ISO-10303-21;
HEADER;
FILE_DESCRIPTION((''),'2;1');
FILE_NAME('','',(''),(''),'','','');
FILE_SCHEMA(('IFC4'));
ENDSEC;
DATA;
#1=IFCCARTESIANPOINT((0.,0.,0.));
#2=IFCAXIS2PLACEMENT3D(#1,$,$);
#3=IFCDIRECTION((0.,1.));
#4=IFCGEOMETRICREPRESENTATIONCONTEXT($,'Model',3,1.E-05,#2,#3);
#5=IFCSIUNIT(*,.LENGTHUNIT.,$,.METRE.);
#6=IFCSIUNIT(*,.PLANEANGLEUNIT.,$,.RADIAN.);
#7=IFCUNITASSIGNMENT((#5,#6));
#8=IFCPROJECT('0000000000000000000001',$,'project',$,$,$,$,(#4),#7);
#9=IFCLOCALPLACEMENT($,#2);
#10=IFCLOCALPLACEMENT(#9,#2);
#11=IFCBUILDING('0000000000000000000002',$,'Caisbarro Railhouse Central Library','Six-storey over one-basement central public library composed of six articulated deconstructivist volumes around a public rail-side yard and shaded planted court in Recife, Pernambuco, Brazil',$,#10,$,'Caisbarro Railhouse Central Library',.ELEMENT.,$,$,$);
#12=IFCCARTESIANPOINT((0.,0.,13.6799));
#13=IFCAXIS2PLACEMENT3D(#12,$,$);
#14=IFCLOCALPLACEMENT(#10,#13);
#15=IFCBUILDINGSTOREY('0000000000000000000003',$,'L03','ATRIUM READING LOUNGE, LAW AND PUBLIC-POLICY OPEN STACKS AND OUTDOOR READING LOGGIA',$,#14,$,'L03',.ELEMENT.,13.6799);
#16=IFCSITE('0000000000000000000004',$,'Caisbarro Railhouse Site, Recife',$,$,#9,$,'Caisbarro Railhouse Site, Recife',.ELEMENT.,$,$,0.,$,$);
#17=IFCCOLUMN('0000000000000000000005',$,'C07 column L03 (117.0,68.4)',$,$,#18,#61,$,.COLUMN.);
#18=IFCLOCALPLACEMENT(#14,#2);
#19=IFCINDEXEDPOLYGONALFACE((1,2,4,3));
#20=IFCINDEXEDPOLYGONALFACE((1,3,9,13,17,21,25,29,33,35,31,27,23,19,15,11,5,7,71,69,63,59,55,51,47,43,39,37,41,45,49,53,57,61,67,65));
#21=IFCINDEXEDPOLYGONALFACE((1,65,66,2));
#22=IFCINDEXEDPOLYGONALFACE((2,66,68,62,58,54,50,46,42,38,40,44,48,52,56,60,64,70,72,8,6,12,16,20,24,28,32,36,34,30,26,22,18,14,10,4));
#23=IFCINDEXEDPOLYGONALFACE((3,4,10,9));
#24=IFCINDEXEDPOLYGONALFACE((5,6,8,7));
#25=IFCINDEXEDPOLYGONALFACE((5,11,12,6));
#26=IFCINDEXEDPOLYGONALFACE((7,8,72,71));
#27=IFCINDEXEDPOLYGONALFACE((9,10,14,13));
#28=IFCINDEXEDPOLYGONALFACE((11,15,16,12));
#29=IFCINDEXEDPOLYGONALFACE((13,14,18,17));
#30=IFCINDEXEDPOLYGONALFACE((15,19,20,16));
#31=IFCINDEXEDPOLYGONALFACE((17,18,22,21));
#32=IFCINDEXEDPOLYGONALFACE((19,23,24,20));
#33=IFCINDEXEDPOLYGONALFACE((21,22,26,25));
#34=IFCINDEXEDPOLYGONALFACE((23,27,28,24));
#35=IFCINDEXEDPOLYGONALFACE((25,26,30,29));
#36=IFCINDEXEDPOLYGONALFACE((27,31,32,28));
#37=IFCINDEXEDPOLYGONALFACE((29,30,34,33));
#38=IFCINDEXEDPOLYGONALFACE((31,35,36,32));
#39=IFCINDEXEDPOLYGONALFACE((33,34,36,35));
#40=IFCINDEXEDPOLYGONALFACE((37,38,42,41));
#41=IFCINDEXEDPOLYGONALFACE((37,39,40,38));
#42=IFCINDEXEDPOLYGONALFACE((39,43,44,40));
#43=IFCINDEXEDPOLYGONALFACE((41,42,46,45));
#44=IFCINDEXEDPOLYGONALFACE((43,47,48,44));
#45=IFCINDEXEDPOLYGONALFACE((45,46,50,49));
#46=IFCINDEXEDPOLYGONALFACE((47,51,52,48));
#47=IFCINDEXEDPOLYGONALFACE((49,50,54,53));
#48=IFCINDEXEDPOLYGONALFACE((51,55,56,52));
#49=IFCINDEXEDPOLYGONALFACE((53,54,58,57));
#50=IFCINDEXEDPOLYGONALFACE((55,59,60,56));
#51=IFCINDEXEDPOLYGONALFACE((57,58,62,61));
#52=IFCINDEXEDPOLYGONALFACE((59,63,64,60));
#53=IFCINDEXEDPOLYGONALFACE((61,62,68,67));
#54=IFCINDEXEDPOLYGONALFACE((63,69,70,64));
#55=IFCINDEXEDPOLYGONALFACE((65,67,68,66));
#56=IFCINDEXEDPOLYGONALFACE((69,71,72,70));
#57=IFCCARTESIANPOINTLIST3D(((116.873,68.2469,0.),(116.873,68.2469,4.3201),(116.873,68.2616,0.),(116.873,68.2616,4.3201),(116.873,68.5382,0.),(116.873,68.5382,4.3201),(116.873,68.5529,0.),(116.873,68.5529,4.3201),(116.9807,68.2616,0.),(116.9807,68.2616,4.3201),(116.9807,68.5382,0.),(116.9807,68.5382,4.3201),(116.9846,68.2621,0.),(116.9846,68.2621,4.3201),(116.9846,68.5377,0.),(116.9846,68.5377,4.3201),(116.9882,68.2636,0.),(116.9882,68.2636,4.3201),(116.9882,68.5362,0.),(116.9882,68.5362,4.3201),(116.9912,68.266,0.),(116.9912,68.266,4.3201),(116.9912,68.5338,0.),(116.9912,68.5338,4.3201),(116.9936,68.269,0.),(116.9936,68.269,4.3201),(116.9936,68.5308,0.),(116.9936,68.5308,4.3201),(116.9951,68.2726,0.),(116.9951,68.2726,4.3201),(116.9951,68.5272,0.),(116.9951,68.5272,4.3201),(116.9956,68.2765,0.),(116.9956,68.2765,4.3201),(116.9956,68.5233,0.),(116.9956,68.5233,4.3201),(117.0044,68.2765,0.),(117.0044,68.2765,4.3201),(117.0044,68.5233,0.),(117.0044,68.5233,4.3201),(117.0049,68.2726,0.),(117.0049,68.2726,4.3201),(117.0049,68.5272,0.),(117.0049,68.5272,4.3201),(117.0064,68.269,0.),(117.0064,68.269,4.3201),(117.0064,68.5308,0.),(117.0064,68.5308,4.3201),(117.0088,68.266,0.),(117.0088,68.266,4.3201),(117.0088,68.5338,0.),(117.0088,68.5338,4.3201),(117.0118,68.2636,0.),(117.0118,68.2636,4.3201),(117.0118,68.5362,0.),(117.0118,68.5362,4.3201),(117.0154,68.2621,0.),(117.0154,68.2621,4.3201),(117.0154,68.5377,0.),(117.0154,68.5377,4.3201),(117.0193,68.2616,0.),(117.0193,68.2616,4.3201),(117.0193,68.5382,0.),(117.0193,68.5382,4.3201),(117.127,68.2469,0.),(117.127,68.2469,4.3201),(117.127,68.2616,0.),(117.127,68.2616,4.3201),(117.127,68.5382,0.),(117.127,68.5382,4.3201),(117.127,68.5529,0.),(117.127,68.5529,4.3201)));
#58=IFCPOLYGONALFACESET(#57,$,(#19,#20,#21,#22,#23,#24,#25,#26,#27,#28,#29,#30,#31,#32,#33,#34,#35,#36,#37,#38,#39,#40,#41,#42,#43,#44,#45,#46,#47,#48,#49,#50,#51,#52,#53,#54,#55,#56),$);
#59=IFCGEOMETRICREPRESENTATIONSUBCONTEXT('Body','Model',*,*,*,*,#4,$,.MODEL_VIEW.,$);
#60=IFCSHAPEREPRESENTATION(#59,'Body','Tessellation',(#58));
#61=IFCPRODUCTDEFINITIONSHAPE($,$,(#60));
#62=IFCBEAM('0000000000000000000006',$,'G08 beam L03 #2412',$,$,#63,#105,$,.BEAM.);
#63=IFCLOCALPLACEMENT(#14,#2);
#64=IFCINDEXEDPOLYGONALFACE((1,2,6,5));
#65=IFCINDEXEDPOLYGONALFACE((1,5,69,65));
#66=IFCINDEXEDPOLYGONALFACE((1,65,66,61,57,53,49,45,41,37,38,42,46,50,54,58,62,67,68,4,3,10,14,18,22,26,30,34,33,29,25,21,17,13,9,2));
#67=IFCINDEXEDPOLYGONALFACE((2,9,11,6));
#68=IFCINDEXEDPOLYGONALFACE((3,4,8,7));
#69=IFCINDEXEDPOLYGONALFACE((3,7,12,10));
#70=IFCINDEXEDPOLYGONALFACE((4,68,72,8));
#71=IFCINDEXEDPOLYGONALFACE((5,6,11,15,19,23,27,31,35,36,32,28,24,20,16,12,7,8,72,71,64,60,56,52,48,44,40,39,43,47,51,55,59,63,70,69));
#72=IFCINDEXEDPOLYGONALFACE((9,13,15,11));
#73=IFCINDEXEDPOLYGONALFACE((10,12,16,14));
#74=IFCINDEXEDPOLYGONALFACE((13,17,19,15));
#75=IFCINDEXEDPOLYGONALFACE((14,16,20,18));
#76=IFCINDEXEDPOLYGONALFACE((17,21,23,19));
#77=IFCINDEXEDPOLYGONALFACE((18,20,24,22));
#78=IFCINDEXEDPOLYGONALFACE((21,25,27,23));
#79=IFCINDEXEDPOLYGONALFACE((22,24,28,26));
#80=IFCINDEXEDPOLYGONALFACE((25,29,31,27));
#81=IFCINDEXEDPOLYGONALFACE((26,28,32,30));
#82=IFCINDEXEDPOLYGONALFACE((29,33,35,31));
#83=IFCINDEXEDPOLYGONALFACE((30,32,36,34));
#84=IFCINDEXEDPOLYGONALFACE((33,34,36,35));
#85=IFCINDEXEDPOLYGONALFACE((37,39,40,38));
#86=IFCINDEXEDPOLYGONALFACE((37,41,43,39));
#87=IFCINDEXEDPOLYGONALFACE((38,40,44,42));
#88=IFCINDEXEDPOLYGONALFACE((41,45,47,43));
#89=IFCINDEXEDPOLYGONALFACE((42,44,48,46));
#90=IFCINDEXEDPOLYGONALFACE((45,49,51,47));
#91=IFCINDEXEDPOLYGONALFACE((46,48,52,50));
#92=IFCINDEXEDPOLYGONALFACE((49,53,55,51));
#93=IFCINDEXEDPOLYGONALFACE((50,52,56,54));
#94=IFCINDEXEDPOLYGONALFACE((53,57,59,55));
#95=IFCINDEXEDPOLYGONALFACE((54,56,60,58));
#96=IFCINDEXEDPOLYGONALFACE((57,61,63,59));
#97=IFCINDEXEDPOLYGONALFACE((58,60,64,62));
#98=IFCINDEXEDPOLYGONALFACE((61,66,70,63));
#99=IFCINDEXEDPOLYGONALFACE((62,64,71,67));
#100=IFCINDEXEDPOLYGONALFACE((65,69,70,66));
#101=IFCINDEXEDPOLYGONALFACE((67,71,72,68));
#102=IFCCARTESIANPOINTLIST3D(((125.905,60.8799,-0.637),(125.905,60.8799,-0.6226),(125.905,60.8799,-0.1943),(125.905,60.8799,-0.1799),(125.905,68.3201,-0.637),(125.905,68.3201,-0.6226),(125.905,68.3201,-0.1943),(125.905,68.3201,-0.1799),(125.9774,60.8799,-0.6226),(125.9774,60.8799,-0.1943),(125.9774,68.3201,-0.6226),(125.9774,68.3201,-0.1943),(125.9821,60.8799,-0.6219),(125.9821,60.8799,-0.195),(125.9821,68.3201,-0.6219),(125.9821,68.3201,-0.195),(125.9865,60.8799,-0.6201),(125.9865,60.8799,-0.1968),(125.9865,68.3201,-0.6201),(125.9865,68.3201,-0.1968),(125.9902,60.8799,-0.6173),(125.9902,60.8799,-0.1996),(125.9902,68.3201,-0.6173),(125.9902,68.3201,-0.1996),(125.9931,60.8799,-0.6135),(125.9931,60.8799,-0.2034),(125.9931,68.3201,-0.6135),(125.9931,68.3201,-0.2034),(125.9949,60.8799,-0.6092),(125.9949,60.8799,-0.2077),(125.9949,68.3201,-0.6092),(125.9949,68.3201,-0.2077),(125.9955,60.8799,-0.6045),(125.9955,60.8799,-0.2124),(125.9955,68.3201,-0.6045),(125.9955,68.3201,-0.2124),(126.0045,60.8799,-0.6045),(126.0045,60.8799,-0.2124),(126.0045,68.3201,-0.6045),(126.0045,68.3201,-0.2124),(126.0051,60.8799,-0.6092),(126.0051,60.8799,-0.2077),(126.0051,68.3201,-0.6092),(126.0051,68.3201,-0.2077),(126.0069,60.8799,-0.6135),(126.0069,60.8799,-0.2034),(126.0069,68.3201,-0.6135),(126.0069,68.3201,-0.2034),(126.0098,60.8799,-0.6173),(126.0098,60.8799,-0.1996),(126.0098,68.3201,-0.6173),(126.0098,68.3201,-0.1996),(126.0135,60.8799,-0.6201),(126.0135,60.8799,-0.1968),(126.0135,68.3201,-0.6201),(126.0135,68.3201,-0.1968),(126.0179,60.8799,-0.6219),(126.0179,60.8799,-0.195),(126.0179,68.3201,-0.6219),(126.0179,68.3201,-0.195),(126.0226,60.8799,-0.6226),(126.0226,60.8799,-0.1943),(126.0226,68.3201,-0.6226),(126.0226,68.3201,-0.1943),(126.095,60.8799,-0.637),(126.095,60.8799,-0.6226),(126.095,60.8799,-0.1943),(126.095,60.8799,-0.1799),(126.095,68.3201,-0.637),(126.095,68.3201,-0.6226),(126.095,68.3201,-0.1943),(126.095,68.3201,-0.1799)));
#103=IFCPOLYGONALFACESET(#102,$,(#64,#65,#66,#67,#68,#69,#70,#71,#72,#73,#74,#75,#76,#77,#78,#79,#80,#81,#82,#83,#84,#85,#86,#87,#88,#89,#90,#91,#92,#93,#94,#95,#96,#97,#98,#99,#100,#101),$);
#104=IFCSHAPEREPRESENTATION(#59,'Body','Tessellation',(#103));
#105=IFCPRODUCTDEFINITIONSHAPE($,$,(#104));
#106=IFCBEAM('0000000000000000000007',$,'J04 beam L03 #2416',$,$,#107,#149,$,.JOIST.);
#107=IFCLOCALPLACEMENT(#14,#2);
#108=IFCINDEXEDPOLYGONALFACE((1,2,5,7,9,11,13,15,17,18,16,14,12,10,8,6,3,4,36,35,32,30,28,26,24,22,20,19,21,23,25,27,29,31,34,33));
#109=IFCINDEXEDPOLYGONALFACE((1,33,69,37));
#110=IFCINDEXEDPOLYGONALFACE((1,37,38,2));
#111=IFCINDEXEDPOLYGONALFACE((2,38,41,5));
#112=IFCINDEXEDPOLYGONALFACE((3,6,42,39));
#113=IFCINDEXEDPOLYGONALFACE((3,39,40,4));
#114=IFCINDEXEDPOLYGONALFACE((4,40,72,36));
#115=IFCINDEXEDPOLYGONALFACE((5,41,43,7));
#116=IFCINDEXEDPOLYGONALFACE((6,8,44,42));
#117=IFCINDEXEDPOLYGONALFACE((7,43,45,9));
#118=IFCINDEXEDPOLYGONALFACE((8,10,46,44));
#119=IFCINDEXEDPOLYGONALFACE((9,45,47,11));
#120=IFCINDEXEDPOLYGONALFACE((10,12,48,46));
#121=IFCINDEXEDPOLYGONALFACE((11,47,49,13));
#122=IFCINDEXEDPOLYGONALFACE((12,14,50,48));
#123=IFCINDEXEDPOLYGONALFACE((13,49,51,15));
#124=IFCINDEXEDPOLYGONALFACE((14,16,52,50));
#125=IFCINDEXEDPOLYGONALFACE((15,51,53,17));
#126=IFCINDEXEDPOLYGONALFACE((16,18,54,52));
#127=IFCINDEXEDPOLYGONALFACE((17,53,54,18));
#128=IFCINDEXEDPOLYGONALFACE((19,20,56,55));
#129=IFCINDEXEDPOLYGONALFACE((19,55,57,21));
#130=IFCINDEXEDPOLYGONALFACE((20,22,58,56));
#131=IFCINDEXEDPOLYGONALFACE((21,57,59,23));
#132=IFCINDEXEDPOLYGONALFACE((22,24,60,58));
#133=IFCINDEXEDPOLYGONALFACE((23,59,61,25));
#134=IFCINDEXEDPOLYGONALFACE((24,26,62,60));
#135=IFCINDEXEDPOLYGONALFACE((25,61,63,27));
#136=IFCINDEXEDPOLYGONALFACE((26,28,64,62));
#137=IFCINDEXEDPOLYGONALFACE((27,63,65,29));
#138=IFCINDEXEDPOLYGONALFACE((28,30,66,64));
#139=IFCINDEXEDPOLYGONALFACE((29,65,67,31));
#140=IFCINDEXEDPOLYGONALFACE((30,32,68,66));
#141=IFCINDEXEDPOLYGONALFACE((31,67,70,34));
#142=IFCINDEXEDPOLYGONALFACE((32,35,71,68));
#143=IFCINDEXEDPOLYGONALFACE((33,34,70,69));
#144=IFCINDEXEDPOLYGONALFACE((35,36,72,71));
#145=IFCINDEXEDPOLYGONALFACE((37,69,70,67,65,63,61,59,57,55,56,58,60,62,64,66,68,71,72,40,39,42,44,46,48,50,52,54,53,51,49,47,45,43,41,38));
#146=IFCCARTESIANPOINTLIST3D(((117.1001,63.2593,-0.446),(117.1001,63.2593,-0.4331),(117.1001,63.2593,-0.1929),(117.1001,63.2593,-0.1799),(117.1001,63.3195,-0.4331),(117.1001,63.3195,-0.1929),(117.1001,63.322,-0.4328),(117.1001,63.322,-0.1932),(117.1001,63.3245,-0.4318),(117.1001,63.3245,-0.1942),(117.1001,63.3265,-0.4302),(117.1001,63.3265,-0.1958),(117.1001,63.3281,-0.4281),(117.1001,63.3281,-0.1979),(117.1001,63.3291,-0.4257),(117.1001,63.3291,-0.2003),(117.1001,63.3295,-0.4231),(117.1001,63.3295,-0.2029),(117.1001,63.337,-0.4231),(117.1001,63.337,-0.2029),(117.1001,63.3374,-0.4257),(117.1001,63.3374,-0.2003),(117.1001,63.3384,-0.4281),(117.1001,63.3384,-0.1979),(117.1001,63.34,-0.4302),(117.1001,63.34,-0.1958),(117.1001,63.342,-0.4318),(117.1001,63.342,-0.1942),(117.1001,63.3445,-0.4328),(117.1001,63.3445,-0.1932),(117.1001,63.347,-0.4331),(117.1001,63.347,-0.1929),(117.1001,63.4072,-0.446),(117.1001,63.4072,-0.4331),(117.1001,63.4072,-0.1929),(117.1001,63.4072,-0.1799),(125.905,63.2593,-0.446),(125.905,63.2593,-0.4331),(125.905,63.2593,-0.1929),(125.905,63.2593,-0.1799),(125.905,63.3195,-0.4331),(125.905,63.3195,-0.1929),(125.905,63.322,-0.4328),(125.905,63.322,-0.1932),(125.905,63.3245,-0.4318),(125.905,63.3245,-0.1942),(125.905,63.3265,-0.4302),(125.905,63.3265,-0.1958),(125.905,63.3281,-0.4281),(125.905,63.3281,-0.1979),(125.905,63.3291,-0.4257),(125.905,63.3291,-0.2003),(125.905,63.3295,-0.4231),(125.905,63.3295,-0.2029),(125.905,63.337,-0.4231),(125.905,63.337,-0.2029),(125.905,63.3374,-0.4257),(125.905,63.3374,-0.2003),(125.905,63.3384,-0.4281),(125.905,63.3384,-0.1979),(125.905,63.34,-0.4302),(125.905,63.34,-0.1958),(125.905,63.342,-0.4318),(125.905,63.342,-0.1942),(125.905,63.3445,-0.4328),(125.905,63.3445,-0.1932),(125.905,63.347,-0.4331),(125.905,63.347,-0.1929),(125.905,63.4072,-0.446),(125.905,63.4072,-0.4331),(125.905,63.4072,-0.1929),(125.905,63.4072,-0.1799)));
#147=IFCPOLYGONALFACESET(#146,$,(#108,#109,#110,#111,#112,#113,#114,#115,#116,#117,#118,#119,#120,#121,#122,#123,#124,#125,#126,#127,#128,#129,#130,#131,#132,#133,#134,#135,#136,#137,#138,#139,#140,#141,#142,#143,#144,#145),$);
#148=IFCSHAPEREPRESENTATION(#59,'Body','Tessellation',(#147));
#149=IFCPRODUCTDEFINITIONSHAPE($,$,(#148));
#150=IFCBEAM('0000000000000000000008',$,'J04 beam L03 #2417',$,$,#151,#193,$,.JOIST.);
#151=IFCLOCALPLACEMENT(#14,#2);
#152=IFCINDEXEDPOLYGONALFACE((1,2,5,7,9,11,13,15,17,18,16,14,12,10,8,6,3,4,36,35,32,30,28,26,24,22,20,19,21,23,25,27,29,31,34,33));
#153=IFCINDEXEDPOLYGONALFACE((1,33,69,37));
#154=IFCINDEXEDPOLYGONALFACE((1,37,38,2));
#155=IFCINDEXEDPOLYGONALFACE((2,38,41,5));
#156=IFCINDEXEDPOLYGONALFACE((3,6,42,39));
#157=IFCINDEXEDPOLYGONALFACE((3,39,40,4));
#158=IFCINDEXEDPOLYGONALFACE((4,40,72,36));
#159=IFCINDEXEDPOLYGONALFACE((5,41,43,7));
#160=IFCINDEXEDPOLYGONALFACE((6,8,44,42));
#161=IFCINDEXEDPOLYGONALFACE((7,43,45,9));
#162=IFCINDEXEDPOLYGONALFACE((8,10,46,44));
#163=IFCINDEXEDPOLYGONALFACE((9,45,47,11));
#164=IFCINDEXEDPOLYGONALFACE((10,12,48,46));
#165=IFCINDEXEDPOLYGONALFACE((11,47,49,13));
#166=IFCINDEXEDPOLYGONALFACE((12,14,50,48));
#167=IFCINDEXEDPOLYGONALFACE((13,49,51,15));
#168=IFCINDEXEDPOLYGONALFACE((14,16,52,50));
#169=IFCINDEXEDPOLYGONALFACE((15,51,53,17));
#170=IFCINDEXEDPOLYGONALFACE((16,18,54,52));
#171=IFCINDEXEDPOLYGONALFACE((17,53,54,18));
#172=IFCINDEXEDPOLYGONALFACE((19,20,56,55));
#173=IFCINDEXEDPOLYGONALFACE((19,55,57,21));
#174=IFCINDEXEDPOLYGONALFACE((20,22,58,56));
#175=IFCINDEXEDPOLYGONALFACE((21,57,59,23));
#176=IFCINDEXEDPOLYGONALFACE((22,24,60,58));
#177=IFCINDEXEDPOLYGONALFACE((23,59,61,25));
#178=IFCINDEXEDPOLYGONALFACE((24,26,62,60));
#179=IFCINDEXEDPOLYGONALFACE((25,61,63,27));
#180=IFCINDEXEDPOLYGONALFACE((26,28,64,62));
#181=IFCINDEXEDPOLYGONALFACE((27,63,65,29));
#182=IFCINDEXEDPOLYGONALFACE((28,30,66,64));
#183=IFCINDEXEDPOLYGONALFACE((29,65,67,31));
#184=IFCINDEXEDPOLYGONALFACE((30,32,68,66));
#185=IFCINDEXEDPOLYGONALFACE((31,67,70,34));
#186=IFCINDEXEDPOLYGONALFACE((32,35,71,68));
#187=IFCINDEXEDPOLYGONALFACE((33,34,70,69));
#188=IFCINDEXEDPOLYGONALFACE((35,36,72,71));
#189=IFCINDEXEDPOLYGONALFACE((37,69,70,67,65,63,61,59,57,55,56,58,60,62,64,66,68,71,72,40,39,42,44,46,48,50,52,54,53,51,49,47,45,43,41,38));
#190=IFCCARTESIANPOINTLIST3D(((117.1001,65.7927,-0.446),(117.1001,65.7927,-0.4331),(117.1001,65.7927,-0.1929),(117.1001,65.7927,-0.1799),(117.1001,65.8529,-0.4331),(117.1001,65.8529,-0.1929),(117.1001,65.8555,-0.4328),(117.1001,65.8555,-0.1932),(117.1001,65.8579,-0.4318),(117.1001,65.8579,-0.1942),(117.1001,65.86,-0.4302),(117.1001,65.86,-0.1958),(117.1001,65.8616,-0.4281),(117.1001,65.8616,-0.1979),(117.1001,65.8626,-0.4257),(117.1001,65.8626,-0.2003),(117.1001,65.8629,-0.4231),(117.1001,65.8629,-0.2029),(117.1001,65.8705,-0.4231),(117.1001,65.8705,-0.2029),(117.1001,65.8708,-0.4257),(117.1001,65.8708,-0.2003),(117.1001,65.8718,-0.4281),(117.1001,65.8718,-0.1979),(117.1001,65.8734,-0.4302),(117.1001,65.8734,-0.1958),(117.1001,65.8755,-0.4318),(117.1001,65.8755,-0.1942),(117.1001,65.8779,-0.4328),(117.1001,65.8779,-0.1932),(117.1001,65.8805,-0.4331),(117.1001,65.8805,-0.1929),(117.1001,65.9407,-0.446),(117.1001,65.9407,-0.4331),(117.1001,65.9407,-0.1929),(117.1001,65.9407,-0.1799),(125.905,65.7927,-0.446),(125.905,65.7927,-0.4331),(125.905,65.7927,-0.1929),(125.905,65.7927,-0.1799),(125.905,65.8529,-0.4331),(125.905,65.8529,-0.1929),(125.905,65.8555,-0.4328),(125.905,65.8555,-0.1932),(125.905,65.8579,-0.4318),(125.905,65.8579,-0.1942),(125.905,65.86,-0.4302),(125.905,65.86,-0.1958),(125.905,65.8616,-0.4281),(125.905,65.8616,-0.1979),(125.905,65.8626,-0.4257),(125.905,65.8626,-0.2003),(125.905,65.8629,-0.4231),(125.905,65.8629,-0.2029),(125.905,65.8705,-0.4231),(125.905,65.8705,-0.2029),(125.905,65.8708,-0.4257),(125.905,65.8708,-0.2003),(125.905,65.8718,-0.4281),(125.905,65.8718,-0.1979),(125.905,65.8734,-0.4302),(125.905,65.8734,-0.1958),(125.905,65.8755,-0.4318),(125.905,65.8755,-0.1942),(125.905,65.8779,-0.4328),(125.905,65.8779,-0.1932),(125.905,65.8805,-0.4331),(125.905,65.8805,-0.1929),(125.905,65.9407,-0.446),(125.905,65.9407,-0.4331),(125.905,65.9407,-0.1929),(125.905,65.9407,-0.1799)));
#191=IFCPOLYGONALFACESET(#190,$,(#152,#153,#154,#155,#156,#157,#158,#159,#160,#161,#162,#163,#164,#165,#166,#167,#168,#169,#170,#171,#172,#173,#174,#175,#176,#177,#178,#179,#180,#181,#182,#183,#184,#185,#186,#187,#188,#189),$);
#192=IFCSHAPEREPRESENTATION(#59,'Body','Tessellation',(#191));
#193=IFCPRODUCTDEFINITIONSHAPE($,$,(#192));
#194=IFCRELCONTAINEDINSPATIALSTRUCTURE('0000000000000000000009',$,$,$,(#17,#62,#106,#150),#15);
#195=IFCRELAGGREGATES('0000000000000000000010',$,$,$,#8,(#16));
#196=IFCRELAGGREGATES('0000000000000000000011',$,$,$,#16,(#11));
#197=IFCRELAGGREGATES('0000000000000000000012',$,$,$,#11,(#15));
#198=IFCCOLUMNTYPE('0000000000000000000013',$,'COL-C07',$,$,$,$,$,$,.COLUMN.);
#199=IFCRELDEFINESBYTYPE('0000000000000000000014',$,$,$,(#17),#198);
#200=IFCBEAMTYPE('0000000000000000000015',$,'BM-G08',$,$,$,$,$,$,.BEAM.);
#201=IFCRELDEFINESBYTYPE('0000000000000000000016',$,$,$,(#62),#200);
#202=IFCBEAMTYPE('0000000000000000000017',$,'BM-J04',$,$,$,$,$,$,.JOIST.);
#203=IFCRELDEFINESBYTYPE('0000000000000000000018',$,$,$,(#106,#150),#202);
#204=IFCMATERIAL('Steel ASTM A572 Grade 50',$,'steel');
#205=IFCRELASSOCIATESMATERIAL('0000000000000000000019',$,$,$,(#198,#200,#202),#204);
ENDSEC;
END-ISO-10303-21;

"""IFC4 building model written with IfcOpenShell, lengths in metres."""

from ifc_helpers import new_model, si_unit, direction, frame, origin, origin_2d, place, context, subcontext, project, spatial, i_section, extrude, material, material_profile, profile_set, type_object, element, save


model = new_model("IFC4")

# Units and contexts
model_context = context("Model", 3, precision=1e-05, world=origin(), true_north=direction((0.0, 1.0)))
body_context = subcontext(model_context, "Body", "Model", "MODEL_VIEW")
ifc_project = project(units=[si_unit("LENGTHUNIT", "METRE"), si_unit("PLANEANGLEUNIT", "RADIAN")], contexts=[model_context])

# Site, building, storey
site_placement = place(None, origin())
site = spatial("IfcSite", under=ifc_project, at=site_placement, Name="Caisbarro Railhouse Site, Recife", LongName="Caisbarro Railhouse Site, Recife", CompositionType="ELEMENT", RefElevation=0.0)
building_placement = place(site_placement, origin())
building = spatial("IfcBuilding", under=site, at=building_placement, Name="Caisbarro Railhouse Central Library", Description="Six-storey over one-basement central public library composed of six articulated deconstructivist volumes around a public rail-side yard and shaded planted court in Recife, Pernambuco, Brazil", LongName="Caisbarro Railhouse Central Library", CompositionType="ELEMENT")
storey_placement = place(building_placement, frame((0.0, 0.0, 13.6799)))
storey = spatial("IfcBuildingStorey", under=building, at=storey_placement, Name="L03", Description="ATRIUM READING LOUNGE, LAW AND PUBLIC-POLICY OPEN STACKS AND OUTDOOR READING LOGGIA", LongName="L03", CompositionType="ELEMENT", Elevation=13.6799)

# Column
ifc_material_1 = material(Name="Steel ASTM A572 Grade 50", Category="steel")
ifc_material_profile_1 = material_profile(ifc_material_1, i_section(OverallWidth=0.2539, OverallDepth=0.3059, WebThickness=0.0088, FlangeThickness=0.0146, FilletRadius=0.0149, at=origin_2d()), Name="W310X79.0")
ifc_profile_set_1 = profile_set([ifc_material_profile_1], Name="Steel ASTM A572 Grade 50")
column_type = type_object("IfcColumnType", Name="COL-C07", PredefinedType="COLUMN", material=ifc_profile_set_1)
column_placement = place(storey_placement, frame((117.0, 68.3999, 0.0), z_axis=(0.0, 0.0, 1.0), x_axis=(1.0, 0.0, 0.0)))
element("IfcColumn", 1, at=column_placement, inside=storey, type_object=column_type, Name="C07 column L03 (117.0,68.4)", PredefinedType="COLUMN", context=body_context, shape_type="SweptSolid", body=[
    extrude(i_section(OverallWidth=0.2539, OverallDepth=0.3059, WebThickness=0.0088, FlangeThickness=0.0146, FilletRadius=0.0149, at=origin_2d()), origin(), (0.0, 0.0, 1.0), 4.3201),
])

# Beams
ifc_material_profile_2 = material_profile(ifc_material_1, i_section(OverallWidth=0.1899, OverallDepth=0.457, WebThickness=0.009, FlangeThickness=0.0144, FilletRadius=0.0181, at=origin_2d()), Name="W460X74.0")
ifc_profile_set_2 = profile_set([ifc_material_profile_2], Name="Steel ASTM A572 Grade 50")
beam_type_1 = type_object("IfcBeamType", Name="BM-G08", PredefinedType="BEAM", material=ifc_profile_set_2)
beam_1_placement = place(storey_placement, frame((126.0, 60.8799, -0.4084), z_axis=(0.0, 1.0, 0.0), x_axis=(-1.0, 0.0, 0.0)))
element("IfcBeam", 2, at=beam_1_placement, inside=storey, type_object=beam_type_1, Name="G08 beam L03 #2412", PredefinedType="BEAM", context=body_context, shape_type="SweptSolid", body=[
    extrude(i_section(OverallWidth=0.1899, OverallDepth=0.457, WebThickness=0.009, FlangeThickness=0.0144, FilletRadius=0.0181, at=origin_2d()), origin(), (0.0, 0.0, 1.0), 7.4402),
])
ifc_material_profile_3 = material_profile(ifc_material_1, i_section(OverallWidth=0.1479, OverallDepth=0.2661, WebThickness=0.0076, FlangeThickness=0.0129, FilletRadius=0.01, at=origin_2d()), Name="W250X44.8")
ifc_profile_set_3 = profile_set([ifc_material_profile_3], Name="Steel ASTM A572 Grade 50")
beam_type_2 = type_object("IfcBeamType", Name="BM-J04", PredefinedType="JOIST", material=ifc_profile_set_3)
for number, where, z_axis, x_axis, name in (
    (3, (117.1001, 63.3333, -0.313), (1.0, 0.0, 0.0), (0.0, 1.0, 0.0), "J04 beam L03 #2416"),
    (4, (117.1001, 65.8667, -0.313), (1.0, 0.0, 0.0), (0.0, 1.0, 0.0), "J04 beam L03 #2417"),
):
    element("IfcBeam", number, at=place(storey_placement, frame(where, z_axis=z_axis, x_axis=x_axis)), inside=storey, type_object=beam_type_2, Name=name, PredefinedType="JOIST", context=body_context, shape_type="SweptSolid", body=[
        extrude(i_section(OverallWidth=0.1479, OverallDepth=0.2661, WebThickness=0.0076, FlangeThickness=0.0129, FilletRadius=0.01, at=origin_2d()), origin(), (0.0, 0.0, 1.0), 8.8049),
    ])

save(model, "model.ifc")
